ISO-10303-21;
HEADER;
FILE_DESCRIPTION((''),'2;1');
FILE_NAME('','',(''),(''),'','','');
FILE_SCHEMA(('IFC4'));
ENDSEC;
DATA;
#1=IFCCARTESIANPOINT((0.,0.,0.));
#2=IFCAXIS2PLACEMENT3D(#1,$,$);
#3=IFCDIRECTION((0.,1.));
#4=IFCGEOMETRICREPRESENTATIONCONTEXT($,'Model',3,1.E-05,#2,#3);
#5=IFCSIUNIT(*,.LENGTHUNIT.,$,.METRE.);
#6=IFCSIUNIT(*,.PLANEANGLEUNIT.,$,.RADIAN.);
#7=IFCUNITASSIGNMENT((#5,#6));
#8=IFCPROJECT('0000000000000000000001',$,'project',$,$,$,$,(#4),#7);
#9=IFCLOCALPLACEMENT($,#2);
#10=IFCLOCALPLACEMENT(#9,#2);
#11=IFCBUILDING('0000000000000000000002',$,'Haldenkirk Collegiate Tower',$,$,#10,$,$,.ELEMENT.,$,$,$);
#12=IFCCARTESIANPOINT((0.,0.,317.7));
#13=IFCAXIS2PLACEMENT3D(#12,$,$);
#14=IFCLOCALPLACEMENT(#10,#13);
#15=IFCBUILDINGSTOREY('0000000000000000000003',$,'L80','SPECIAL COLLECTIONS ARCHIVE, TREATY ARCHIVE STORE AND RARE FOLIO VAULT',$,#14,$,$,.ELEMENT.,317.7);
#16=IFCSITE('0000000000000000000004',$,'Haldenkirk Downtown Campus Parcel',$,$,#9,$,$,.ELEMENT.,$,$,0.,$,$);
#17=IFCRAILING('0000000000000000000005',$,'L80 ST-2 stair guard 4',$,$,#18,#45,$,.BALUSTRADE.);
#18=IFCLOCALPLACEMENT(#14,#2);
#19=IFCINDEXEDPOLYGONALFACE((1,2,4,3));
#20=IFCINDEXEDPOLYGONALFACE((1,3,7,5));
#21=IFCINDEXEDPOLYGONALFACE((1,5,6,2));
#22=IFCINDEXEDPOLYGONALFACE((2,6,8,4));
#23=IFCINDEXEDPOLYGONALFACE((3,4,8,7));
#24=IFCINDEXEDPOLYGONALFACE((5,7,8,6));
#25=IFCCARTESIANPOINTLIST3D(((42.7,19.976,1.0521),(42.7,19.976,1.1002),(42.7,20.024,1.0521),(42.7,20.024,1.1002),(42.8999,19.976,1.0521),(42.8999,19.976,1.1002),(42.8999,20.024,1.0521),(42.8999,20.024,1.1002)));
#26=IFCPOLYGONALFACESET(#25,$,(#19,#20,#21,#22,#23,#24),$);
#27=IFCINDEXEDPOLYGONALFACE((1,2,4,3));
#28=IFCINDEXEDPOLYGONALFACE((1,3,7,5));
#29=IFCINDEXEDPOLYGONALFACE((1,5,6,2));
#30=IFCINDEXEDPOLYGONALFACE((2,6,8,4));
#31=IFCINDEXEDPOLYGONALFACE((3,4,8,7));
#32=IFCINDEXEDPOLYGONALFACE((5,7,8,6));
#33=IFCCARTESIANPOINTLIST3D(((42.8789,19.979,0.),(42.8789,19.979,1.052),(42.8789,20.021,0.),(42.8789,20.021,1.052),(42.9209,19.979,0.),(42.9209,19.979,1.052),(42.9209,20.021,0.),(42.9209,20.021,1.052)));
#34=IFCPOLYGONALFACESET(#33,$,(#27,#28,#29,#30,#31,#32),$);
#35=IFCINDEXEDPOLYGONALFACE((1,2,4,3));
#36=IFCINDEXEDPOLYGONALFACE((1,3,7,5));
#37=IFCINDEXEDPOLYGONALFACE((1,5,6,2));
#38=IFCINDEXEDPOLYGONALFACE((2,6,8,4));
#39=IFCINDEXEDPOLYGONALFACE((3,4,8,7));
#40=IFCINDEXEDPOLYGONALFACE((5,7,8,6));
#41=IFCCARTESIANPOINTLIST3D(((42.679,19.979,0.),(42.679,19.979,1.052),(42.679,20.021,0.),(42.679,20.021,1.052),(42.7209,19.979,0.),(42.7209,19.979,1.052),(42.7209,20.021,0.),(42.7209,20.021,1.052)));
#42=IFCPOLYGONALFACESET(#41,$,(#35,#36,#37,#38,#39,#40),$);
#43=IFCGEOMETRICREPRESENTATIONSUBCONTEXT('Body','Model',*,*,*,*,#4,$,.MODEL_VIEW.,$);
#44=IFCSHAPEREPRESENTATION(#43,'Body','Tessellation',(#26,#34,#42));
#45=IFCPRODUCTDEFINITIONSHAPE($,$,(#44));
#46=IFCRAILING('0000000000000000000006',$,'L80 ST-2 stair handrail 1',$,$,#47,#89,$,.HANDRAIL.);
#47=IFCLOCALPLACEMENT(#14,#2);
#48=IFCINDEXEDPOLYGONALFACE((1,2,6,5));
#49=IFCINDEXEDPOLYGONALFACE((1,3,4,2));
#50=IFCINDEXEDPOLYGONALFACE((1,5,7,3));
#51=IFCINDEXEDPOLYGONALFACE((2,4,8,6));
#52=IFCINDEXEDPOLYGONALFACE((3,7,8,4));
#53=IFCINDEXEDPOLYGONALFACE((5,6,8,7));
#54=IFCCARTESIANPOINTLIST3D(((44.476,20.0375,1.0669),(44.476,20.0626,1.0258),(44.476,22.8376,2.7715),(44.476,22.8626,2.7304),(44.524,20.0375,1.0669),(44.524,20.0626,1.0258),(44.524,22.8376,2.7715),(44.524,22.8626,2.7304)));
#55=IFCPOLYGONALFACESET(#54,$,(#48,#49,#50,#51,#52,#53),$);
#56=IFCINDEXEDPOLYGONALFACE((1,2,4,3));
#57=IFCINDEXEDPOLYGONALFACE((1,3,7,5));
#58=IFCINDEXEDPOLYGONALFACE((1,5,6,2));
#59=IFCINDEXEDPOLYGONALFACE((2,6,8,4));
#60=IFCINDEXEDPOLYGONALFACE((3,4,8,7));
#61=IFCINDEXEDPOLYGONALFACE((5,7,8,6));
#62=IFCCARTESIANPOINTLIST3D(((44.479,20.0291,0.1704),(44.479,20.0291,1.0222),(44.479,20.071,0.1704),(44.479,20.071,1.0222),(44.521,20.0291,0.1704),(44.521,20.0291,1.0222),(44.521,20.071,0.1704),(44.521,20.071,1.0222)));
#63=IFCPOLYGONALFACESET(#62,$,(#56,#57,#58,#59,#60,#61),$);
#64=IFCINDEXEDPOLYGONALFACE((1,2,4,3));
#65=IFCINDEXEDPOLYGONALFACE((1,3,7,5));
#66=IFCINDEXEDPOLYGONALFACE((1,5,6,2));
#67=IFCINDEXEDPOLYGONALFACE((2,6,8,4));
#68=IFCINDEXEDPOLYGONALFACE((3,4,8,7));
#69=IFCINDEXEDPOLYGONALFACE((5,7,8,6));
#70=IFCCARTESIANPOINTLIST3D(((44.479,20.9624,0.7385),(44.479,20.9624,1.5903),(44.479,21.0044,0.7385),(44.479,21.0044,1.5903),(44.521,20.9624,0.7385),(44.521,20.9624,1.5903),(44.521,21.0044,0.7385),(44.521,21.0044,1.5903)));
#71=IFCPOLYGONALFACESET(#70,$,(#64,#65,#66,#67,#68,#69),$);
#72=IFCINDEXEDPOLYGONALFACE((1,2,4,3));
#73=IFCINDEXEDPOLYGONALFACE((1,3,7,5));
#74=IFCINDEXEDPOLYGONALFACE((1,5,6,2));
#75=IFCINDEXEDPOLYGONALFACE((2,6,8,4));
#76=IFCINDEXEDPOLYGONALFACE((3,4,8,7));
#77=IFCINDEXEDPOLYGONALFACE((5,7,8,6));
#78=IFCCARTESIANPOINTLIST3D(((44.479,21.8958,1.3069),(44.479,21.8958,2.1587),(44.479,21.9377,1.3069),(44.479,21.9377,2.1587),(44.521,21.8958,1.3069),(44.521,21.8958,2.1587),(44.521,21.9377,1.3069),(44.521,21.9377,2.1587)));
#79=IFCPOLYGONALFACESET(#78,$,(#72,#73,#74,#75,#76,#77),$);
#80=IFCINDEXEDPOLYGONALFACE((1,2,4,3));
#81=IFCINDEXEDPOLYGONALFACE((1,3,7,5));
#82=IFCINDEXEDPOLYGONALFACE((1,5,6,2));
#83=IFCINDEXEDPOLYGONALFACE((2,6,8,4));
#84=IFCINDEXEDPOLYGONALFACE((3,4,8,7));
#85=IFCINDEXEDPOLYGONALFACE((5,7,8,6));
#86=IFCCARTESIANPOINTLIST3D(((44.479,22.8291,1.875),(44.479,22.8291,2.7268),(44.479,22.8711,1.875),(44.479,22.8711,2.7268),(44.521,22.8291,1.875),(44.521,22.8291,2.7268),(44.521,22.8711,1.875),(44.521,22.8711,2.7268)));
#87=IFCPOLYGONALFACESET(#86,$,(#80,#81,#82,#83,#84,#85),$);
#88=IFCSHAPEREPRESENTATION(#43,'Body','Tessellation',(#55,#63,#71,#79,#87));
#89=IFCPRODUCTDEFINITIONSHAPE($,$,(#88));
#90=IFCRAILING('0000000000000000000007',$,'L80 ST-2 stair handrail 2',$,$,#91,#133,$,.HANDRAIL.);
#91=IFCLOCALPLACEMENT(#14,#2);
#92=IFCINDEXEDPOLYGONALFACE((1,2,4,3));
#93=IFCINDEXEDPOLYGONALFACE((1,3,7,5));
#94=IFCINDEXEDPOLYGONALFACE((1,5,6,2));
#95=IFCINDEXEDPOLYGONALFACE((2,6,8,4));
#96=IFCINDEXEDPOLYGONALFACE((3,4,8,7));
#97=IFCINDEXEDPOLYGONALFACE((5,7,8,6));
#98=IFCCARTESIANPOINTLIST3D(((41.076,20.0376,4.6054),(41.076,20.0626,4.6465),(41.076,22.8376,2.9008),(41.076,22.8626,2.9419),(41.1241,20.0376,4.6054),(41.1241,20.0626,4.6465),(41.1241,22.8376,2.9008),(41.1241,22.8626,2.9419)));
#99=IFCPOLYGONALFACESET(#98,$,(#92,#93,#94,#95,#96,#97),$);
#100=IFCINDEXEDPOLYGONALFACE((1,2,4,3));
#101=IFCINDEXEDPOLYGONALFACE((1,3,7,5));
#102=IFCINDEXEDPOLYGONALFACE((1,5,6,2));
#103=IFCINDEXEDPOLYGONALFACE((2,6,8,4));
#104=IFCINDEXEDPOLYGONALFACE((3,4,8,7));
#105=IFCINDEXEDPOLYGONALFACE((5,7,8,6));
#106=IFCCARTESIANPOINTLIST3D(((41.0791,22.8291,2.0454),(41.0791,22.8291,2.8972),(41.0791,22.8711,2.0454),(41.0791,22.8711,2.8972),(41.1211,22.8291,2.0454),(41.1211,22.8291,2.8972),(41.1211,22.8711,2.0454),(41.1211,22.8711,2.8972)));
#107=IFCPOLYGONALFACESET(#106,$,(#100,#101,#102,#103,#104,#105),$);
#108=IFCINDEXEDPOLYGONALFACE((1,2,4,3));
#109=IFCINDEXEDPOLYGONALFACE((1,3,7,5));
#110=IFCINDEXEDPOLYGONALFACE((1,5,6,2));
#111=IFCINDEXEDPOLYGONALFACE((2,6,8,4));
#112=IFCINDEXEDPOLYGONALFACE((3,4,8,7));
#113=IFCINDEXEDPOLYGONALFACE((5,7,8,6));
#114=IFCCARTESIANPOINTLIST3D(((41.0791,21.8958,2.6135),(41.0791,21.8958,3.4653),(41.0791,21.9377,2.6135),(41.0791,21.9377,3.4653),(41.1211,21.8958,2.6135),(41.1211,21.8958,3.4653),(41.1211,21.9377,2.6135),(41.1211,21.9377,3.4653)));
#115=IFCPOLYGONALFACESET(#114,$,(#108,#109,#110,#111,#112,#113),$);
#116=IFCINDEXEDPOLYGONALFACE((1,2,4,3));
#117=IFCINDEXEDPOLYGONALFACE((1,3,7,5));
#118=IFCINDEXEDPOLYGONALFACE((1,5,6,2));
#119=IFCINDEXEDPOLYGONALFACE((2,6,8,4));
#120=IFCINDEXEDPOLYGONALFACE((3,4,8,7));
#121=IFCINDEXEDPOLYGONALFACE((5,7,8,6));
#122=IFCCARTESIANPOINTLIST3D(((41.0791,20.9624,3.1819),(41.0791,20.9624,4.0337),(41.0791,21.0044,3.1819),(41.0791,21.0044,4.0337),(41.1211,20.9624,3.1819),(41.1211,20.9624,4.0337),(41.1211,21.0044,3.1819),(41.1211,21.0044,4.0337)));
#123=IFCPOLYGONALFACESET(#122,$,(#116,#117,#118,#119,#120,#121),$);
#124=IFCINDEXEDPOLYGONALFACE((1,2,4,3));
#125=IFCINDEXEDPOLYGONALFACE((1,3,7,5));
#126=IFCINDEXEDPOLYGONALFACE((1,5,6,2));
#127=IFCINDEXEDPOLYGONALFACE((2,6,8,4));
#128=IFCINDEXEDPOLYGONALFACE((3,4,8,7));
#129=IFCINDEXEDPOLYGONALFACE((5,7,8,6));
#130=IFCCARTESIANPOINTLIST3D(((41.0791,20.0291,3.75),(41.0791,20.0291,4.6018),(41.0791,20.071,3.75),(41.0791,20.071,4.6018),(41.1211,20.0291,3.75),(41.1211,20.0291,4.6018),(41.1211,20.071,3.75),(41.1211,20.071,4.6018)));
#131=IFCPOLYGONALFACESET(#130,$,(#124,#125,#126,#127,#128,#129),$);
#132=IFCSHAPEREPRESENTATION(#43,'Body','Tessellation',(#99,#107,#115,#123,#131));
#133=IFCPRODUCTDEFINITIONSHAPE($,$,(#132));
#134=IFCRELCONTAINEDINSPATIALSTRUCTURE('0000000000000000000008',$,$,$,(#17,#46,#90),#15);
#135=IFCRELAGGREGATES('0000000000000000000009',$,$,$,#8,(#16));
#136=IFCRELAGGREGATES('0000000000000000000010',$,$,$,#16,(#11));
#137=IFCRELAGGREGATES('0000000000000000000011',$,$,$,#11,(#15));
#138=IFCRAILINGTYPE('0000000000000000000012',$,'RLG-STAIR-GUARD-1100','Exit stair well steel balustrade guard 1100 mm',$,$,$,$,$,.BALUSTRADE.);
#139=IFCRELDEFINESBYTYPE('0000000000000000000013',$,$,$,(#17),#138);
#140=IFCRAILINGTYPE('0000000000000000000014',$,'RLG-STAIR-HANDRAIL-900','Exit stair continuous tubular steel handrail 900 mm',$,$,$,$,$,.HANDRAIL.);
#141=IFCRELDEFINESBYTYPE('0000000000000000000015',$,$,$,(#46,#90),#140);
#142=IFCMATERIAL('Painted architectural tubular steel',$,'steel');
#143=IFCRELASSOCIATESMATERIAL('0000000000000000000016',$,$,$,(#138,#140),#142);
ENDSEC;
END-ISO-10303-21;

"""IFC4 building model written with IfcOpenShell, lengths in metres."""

from ifc_helpers import new_model, si_unit, direction, frame, origin, origin_2d, place, context, subcontext, project, spatial, rectangle, extrude, material, type_object, element, save


model = new_model("IFC4")

# Units and contexts
model_context = context("Model", 3, precision=1e-05, world=origin(), true_north=direction((0.0, 1.0)))
body_context = subcontext(model_context, "Body", "Model", "MODEL_VIEW")
ifc_project = project(units=[si_unit("LENGTHUNIT", "METRE"), si_unit("PLANEANGLEUNIT", "RADIAN")], contexts=[model_context])

# Site, building, storey
site_placement = place(None, origin())
site = spatial("IfcSite", under=ifc_project, at=site_placement, Name="Haldenkirk Downtown Campus Parcel", CompositionType="ELEMENT", RefElevation=0.0)
building_placement = place(site_placement, origin())
building = spatial("IfcBuilding", under=site, at=building_placement, Name="Haldenkirk Collegiate Tower", CompositionType="ELEMENT")
storey_placement = place(building_placement, frame((0.0, 0.0, 317.7)))
storey = spatial("IfcBuildingStorey", under=building, at=storey_placement, Name="L80", Description="SPECIAL COLLECTIONS ARCHIVE, TREATY ARCHIVE STORE AND RARE FOLIO VAULT", CompositionType="ELEMENT", Elevation=317.7)

# Railings
ifc_material_1 = material(Name="Painted architectural tubular steel", Category="steel")
railing_type_1 = type_object("IfcRailingType", Name="RLG-STAIR-GUARD-1100", Description="Exit stair well steel balustrade guard 1100 mm", PredefinedType="BALUSTRADE", material=ifc_material_1)
railing_1_placement = place(storey_placement, frame((42.8999, 20.0, 0.0)))
element("IfcRailing", 1, at=railing_1_placement, inside=storey, type_object=railing_type_1, Name="L80 ST-2 stair guard 4", PredefinedType="BALUSTRADE", context=body_context, shape_type="SweptSolid", body=[
    extrude(rectangle(XDim=0.0481, YDim=0.0481, at=origin_2d()), frame((0.0, 0.0, 1.0762), z_axis=(-1.0, 0.0, 0.0), x_axis=(0.0, -1.0, 0.0)), (0.0, 0.0, 1.0), 0.2),
    extrude(rectangle(XDim=0.042, YDim=0.042, at=origin_2d()), origin(), (0.0, 0.0, 1.0), 1.052),
    extrude(rectangle(XDim=0.042, YDim=0.042, at=origin_2d()), frame((-0.2, 0.0, 0.0)), (0.0, 0.0, 1.0), 1.052),
])
railing_type_2 = type_object("IfcRailingType", Name="RLG-STAIR-HANDRAIL-900", Description="Exit stair continuous tubular steel handrail 900 mm", PredefinedType="HANDRAIL", material=ifc_material_1)
railing_2_placement = place(storey_placement, frame((44.5, 20.05, 0.1704)))
element("IfcRailing", 2, at=railing_2_placement, inside=storey, type_object=railing_type_2, Name="L80 ST-2 stair handrail 1", PredefinedType="HANDRAIL", context=body_context, shape_type="SweptSolid", body=[
    extrude(rectangle(XDim=0.0481, YDim=0.0481, at=origin_2d()), frame((0.0, 0.0, 0.876), z_axis=(0.0, 0.85417, 0.519994), x_axis=(-1.0, 0.0, 0.0)), (0.0, 0.0, 1.0), 3.2781),
    extrude(rectangle(XDim=0.042, YDim=0.042, at=origin_2d()), origin(), (0.0, 0.0, 1.0), 0.8518),
    extrude(rectangle(XDim=0.042, YDim=0.042, at=origin_2d()), frame((0.0, 0.9333, 0.5681)), (0.0, 0.0, 1.0), 0.8518),
    extrude(rectangle(XDim=0.042, YDim=0.042, at=origin_2d()), frame((0.0, 1.8667, 1.1365)), (0.0, 0.0, 1.0), 0.8518),
    extrude(rectangle(XDim=0.042, YDim=0.042, at=origin_2d()), frame((0.0, 2.8, 1.7046)), (0.0, 0.0, 1.0), 0.8518),
])
railing_3_placement = place(storey_placement, frame((41.1001, 22.8501, 2.0454)))
element("IfcRailing", 3, at=railing_3_placement, inside=storey, type_object=railing_type_2, Name="L80 ST-2 stair handrail 2", PredefinedType="HANDRAIL", context=body_context, shape_type="SweptSolid", body=[
    extrude(rectangle(XDim=0.0481, YDim=0.0481, at=origin_2d()), frame((0.0, 0.0, 0.876), z_axis=(0.0, -0.85417, 0.519994), x_axis=(1.0, 0.0, 0.0)), (0.0, 0.0, 1.0), 3.2781),
    extrude(rectangle(XDim=0.042, YDim=0.042, at=origin_2d()), origin(), (0.0, 0.0, 1.0), 0.8518),
    extrude(rectangle(XDim=0.042, YDim=0.042, at=origin_2d()), frame((0.0, -0.9333, 0.5681)), (0.0, 0.0, 1.0), 0.8518),
    extrude(rectangle(XDim=0.042, YDim=0.042, at=origin_2d()), frame((0.0, -1.8667, 1.1365)), (0.0, 0.0, 1.0), 0.8518),
    extrude(rectangle(XDim=0.042, YDim=0.042, at=origin_2d()), frame((0.0, -2.8, 1.7046)), (0.0, 0.0, 1.0), 0.8518),
])

save(model, "model.ifc")
